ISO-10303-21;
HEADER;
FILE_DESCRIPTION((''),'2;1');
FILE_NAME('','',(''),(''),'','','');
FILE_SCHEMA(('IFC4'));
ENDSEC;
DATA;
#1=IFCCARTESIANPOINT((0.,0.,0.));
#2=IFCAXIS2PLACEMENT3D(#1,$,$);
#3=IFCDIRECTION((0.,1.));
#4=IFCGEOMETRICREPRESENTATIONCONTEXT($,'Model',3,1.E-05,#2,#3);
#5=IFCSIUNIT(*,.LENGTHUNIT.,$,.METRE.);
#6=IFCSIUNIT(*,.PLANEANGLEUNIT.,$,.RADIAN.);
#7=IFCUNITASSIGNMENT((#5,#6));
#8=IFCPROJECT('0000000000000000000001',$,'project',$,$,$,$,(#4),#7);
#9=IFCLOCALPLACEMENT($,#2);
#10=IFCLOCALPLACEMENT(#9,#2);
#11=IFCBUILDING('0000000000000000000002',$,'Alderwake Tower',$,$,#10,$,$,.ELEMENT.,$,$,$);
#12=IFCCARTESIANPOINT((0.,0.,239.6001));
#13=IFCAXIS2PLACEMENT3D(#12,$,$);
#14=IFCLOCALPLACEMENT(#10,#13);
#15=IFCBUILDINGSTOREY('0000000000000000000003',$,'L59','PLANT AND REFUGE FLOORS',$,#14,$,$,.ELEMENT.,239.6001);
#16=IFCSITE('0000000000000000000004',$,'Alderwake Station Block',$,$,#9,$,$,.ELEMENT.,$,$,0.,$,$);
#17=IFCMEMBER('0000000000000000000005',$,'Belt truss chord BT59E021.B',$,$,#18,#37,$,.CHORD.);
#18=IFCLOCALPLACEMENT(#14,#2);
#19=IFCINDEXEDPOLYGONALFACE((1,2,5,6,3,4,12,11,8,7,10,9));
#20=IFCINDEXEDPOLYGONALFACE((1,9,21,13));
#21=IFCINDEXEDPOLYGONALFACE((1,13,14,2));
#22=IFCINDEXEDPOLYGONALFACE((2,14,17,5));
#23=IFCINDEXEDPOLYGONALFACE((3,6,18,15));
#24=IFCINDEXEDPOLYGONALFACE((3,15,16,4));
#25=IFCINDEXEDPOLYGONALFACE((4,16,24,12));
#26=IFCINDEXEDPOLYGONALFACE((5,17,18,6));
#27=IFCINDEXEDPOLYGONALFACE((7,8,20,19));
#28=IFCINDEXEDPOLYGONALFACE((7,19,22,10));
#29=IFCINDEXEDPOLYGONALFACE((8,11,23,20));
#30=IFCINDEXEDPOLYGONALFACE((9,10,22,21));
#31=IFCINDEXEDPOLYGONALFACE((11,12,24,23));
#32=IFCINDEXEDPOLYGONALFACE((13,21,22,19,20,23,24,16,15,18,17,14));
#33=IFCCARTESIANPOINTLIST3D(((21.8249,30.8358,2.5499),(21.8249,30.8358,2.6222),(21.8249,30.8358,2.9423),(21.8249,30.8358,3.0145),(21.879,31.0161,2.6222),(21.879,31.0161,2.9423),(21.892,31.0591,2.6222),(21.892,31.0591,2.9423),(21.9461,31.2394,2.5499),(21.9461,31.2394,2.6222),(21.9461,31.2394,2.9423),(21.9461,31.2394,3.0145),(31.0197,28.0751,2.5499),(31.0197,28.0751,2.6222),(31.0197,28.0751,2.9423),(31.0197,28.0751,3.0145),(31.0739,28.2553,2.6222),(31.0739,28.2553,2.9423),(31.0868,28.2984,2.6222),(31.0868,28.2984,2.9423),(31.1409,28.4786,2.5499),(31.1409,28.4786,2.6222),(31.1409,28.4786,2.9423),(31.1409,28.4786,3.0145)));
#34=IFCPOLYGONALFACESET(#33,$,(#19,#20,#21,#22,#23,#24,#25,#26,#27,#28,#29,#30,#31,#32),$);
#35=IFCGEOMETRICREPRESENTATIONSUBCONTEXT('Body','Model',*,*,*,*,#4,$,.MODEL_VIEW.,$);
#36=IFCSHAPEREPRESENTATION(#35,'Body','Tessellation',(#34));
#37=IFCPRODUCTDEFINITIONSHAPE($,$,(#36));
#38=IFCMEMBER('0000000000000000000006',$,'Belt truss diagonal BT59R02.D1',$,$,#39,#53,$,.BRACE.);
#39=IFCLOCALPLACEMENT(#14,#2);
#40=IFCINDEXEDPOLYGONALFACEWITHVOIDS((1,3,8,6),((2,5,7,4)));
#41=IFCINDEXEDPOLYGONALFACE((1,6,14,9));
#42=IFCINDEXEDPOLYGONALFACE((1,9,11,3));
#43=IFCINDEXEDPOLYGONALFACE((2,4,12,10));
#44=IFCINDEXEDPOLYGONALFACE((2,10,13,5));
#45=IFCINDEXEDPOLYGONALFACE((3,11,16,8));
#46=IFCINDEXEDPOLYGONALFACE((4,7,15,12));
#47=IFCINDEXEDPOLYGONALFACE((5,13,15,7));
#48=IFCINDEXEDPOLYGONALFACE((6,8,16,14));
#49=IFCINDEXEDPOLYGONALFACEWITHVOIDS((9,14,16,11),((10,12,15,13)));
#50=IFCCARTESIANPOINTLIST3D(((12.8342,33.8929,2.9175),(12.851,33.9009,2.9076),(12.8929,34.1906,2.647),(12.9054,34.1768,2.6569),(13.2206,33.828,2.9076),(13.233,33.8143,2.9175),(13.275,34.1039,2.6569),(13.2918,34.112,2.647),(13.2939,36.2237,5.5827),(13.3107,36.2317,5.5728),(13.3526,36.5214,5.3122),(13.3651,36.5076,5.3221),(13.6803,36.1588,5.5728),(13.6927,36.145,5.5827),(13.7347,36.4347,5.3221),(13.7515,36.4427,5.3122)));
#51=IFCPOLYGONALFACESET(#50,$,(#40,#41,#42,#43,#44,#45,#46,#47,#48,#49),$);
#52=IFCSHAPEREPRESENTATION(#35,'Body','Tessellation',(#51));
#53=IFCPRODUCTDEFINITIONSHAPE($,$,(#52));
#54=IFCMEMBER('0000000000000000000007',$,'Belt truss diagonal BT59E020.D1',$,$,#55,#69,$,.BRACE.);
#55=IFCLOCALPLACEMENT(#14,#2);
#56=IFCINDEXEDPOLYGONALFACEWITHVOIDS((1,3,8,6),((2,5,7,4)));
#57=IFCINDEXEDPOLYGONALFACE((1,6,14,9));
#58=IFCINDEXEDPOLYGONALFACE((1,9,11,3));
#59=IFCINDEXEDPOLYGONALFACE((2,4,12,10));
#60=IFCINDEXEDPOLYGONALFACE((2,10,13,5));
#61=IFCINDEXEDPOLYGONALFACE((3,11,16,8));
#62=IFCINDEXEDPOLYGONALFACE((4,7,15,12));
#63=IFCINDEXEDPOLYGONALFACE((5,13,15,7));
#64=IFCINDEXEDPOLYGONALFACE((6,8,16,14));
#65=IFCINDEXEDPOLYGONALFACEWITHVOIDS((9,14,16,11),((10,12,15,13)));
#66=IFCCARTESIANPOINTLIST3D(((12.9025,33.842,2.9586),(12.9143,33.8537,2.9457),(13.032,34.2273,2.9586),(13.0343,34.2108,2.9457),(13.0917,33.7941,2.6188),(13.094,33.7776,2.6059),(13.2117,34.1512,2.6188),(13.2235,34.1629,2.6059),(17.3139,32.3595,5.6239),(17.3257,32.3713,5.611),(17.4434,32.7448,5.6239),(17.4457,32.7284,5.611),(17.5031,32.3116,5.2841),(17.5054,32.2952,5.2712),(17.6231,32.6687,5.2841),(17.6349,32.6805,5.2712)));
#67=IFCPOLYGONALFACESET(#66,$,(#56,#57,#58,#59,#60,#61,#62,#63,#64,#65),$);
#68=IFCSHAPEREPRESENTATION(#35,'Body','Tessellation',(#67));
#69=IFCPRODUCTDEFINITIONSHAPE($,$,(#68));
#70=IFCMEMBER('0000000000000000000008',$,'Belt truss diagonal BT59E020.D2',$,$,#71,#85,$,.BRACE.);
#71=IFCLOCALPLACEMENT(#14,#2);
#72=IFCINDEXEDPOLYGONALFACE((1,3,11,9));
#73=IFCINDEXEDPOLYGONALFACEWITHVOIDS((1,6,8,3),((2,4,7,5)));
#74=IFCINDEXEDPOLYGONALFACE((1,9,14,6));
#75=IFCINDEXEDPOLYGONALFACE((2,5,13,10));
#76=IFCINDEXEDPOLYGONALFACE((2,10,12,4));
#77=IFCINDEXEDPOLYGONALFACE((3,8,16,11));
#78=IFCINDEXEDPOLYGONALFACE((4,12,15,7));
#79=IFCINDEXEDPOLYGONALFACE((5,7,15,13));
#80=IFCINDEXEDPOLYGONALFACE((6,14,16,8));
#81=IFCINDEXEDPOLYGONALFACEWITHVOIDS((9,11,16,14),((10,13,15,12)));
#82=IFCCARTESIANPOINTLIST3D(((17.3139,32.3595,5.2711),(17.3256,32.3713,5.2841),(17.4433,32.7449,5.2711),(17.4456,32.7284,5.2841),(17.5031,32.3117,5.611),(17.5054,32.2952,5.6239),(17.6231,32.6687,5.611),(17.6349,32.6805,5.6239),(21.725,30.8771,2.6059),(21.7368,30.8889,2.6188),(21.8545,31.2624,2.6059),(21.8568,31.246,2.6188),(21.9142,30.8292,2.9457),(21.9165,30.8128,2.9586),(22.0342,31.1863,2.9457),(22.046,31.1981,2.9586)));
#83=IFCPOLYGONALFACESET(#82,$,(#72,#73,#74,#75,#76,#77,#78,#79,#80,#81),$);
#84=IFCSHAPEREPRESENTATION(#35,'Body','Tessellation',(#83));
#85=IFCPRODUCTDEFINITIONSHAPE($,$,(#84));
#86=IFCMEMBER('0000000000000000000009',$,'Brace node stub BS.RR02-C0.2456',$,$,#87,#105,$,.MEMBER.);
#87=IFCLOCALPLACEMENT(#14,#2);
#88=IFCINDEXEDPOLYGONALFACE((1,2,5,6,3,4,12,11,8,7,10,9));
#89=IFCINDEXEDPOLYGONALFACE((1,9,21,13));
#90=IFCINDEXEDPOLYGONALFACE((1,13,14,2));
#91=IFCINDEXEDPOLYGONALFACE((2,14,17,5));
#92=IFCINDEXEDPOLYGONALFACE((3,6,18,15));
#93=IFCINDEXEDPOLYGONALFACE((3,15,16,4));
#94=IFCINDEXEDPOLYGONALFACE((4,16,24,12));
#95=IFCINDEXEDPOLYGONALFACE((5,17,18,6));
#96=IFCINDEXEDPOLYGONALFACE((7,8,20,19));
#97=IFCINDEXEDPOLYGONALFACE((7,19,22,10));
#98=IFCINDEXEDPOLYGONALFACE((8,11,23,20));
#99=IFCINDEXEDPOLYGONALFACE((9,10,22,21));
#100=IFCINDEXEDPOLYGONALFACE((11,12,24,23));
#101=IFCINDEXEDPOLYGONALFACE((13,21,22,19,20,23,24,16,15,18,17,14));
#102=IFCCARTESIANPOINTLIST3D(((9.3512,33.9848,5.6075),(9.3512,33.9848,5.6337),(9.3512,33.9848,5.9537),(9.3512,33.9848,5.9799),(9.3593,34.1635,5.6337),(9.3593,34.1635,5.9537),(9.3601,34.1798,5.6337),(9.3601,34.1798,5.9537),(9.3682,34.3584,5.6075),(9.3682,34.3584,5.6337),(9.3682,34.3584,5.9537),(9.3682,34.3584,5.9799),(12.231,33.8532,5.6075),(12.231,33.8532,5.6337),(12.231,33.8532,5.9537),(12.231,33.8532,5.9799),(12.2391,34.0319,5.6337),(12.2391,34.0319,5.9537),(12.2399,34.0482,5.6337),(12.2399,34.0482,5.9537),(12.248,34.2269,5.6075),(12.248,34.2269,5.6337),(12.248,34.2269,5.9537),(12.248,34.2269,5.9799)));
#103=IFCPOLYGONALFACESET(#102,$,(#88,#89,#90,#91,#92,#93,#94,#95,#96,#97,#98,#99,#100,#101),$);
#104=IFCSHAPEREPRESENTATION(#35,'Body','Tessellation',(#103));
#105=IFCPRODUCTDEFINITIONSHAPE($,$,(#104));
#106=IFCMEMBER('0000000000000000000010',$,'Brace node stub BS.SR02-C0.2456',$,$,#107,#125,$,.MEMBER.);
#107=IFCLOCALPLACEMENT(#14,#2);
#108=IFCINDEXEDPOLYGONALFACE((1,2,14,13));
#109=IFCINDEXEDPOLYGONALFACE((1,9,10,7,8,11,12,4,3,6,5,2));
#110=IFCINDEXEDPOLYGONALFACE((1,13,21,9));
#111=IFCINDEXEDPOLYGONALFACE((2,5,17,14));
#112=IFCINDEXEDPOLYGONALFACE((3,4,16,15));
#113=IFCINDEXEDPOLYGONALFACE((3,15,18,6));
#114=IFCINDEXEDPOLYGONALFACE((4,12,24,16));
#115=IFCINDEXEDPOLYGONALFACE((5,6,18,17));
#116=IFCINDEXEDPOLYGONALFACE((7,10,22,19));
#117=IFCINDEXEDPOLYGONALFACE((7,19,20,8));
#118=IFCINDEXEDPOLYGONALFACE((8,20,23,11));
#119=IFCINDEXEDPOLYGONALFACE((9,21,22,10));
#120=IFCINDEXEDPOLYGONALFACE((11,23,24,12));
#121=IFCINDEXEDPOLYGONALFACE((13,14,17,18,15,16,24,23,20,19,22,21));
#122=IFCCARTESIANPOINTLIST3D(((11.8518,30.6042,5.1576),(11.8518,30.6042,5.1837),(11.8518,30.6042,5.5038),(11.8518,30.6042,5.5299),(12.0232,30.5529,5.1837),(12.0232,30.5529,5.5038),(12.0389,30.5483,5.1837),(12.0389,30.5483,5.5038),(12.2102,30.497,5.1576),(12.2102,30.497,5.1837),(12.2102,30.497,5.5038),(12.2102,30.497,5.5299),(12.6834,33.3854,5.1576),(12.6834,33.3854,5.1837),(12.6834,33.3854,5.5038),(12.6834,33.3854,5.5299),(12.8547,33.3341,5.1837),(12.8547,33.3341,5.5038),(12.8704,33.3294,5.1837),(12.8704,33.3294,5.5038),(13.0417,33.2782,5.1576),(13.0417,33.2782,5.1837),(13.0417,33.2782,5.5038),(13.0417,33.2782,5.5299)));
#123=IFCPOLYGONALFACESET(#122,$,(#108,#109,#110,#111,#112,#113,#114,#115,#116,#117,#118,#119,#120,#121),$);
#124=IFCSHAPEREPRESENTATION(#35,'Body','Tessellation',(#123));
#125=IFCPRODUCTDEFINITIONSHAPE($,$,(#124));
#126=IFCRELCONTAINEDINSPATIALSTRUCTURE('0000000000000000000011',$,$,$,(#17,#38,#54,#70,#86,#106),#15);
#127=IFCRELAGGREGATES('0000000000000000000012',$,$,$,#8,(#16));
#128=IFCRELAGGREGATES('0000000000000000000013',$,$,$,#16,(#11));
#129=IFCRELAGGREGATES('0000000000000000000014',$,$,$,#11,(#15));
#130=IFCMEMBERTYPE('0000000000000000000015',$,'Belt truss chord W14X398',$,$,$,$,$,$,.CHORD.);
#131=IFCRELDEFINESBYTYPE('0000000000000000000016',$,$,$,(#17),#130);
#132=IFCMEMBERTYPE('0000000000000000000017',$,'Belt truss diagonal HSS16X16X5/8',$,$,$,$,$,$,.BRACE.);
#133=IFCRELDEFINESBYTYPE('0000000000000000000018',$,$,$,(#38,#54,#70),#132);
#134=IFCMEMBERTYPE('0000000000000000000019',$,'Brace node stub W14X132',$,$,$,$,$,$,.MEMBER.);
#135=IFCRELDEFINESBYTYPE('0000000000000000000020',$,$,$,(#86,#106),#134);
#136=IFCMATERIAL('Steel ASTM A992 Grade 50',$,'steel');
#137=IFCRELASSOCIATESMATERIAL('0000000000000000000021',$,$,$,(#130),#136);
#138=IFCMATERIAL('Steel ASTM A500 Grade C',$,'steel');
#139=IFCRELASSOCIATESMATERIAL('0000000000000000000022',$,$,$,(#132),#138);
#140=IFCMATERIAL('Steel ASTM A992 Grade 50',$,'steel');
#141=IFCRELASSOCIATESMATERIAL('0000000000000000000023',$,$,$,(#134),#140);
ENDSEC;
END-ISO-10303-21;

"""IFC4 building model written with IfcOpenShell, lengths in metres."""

from ifc_helpers import new_model, si_unit, direction, frame, origin, origin_2d, place, context, subcontext, project, spatial, hollow_rectangle, i_section, extrude, material, material_profile, profile_set, type_object, element, save


model = new_model("IFC4")

# Units and contexts
model_context = context("Model", 3, precision=1e-05, world=origin(), true_north=direction((0.0, 1.0)))
body_context = subcontext(model_context, "Body", "Model", "MODEL_VIEW")
ifc_project = project(units=[si_unit("LENGTHUNIT", "METRE"), si_unit("PLANEANGLEUNIT", "RADIAN")], contexts=[model_context])

# Site, building, storey
site_placement = place(None, origin())
site = spatial("IfcSite", under=ifc_project, at=site_placement, Name="Alderwake Station Block", CompositionType="ELEMENT", RefElevation=0.0)
building_placement = place(site_placement, origin())
building = spatial("IfcBuilding", under=site, at=building_placement, Name="Alderwake Tower", CompositionType="ELEMENT")
storey_placement = place(building_placement, frame((0.0, 0.0, 239.6001)))
storey = spatial("IfcBuildingStorey", under=building, at=storey_placement, Name="L59", Description="PLANT AND REFUGE FLOORS", CompositionType="ELEMENT", Elevation=239.6001)

# Members
ifc_material_1 = material(Name="Steel ASTM A992 Grade 50", Category="steel")
ifc_material_profile_1 = material_profile(ifc_material_1, i_section(OverallWidth=0.4214, OverallDepth=0.4646, WebThickness=0.0449, FlangeThickness=0.0723, at=origin_2d()), Name="W14X398")
ifc_profile_set_1 = profile_set([ifc_material_profile_1], Name="Steel ASTM A992 Grade 50")
member_type_1 = type_object("IfcMemberType", Name="Belt truss chord W14X398", PredefinedType="CHORD", material=ifc_profile_set_1)
for number, where, z_axis, x_axis, name in (
    (1, (21.8855, 31.0376, 2.7822), (0.95776, -0.287567, 0.0), (0.287567, 0.95776, 0.0), "Belt truss chord BT59E021.B"),
):
    element("IfcMember", number, at=place(storey_placement, frame(where, z_axis=z_axis, x_axis=x_axis)), inside=storey, type_object=member_type_1, Name=name, PredefinedType="CHORD", context=body_context, shape_type="SweptSolid", body=[
        extrude(i_section(OverallWidth=0.4214, OverallDepth=0.4646, WebThickness=0.0449, FlangeThickness=0.0723, at=origin_2d()), origin(), (0.0, 0.0, 1.0), 9.6003),
    ])
ifc_material_2 = material(Name="Steel ASTM A500 Grade C", Category="steel")
ifc_material_profile_2 = material_profile(ifc_material_2, hollow_rectangle(XDim=0.4065, YDim=0.4065, WallThickness=0.0149, at=origin_2d()), Name="HSS16X16X5/8")
ifc_profile_set_2 = profile_set([ifc_material_profile_2], Name="Steel ASTM A500 Grade C")
member_type_2 = type_object("IfcMemberType", Name="Belt truss diagonal HSS16X16X5/8", PredefinedType="BRACE", material=ifc_profile_set_2)
member_1_placement = place(storey_placement, frame((13.063, 34.0024, 2.7822), z_axis=(0.128758, 0.652815, 0.746494), x_axis=(-0.981099, 0.193507, 0.0)))
element("IfcMember", 2, at=member_1_placement, inside=storey, type_object=member_type_2, Name="Belt truss diagonal BT59R02.D1", PredefinedType="BRACE", context=body_context, shape_type="SweptSolid", body=[
    extrude(hollow_rectangle(XDim=0.4065, YDim=0.4065, WallThickness=0.0149, at=origin_2d()), origin(), (0.0, 0.0, 1.0), 3.5703),
])
member_2_placement = place(storey_placement, frame((13.063, 34.0024, 2.7822), z_axis=(0.822561, -0.276418, 0.496978), x_axis=(0.31854, 0.947909, 0.0)))
element("IfcMember", 3, at=member_2_placement, inside=storey, type_object=member_type_2, Name="Belt truss diagonal BT59E020.D1", PredefinedType="BRACE", context=body_context, shape_type="SweptSolid", body=[
    extrude(hollow_rectangle(XDim=0.4065, YDim=0.4065, WallThickness=0.0149, at=origin_2d()), origin(), (0.0, 0.0, 1.0), 5.363),
])
member_3_placement = place(storey_placement, frame((21.8855, 31.0376, 2.7822), z_axis=(-0.822546, 0.276428, 0.496997), x_axis=(-0.318556, -0.947904, 0.0)))
element("IfcMember", 4, at=member_3_placement, inside=storey, type_object=member_type_2, Name="Belt truss diagonal BT59E020.D2", PredefinedType="BRACE", context=body_context, shape_type="SweptSolid", body=[
    extrude(hollow_rectangle(XDim=0.4065, YDim=0.4065, WallThickness=0.0149, at=origin_2d()), origin(), (0.0, 0.0, 1.0), 5.3628),
])
ifc_material_3 = material(Name="Steel ASTM A992 Grade 50", Category="steel")
ifc_material_profile_3 = material_profile(ifc_material_3, i_section(OverallWidth=0.374, OverallDepth=0.3723, WebThickness=0.0164, FlangeThickness=0.0261, at=origin_2d()), Name="W14X132")
ifc_profile_set_3 = profile_set([ifc_material_profile_3], Name="Steel ASTM A992 Grade 50")
member_type_3 = type_object("IfcMemberType", Name="Brace node stub W14X132", PredefinedType="MEMBER", material=ifc_profile_set_3)
member_4_placement = place(storey_placement, frame((12.2395, 34.04, 5.7937), z_axis=(-0.998958, 0.045646, 0.0), x_axis=(-0.045646, -0.998958, 0.0)))
element("IfcMember", 5, at=member_4_placement, inside=storey, type_object=member_type_3, Name="Brace node stub BS.RR02-C0.2456", PredefinedType="MEMBER", context=body_context, shape_type="SweptSolid", body=[
    extrude(i_section(OverallWidth=0.374, OverallDepth=0.3723, WebThickness=0.0164, FlangeThickness=0.0261, at=origin_2d()), origin(), (0.0, 0.0, 1.0), 2.8828),
])
member_5_placement = place(storey_placement, frame((12.8625, 33.3318, 5.3438), z_axis=(-0.286453, -0.958094, 0.0), x_axis=(0.958094, -0.286453, 0.0)))
element("IfcMember", 6, at=member_5_placement, inside=storey, type_object=member_type_3, Name="Brace node stub BS.SR02-C0.2456", PredefinedType="MEMBER", context=body_context, shape_type="SweptSolid", body=[
    extrude(i_section(OverallWidth=0.374, OverallDepth=0.3723, WebThickness=0.0164, FlangeThickness=0.0261, at=origin_2d()), origin(), (0.0, 0.0, 1.0), 2.9028),
])

save(model, "model.ifc")
